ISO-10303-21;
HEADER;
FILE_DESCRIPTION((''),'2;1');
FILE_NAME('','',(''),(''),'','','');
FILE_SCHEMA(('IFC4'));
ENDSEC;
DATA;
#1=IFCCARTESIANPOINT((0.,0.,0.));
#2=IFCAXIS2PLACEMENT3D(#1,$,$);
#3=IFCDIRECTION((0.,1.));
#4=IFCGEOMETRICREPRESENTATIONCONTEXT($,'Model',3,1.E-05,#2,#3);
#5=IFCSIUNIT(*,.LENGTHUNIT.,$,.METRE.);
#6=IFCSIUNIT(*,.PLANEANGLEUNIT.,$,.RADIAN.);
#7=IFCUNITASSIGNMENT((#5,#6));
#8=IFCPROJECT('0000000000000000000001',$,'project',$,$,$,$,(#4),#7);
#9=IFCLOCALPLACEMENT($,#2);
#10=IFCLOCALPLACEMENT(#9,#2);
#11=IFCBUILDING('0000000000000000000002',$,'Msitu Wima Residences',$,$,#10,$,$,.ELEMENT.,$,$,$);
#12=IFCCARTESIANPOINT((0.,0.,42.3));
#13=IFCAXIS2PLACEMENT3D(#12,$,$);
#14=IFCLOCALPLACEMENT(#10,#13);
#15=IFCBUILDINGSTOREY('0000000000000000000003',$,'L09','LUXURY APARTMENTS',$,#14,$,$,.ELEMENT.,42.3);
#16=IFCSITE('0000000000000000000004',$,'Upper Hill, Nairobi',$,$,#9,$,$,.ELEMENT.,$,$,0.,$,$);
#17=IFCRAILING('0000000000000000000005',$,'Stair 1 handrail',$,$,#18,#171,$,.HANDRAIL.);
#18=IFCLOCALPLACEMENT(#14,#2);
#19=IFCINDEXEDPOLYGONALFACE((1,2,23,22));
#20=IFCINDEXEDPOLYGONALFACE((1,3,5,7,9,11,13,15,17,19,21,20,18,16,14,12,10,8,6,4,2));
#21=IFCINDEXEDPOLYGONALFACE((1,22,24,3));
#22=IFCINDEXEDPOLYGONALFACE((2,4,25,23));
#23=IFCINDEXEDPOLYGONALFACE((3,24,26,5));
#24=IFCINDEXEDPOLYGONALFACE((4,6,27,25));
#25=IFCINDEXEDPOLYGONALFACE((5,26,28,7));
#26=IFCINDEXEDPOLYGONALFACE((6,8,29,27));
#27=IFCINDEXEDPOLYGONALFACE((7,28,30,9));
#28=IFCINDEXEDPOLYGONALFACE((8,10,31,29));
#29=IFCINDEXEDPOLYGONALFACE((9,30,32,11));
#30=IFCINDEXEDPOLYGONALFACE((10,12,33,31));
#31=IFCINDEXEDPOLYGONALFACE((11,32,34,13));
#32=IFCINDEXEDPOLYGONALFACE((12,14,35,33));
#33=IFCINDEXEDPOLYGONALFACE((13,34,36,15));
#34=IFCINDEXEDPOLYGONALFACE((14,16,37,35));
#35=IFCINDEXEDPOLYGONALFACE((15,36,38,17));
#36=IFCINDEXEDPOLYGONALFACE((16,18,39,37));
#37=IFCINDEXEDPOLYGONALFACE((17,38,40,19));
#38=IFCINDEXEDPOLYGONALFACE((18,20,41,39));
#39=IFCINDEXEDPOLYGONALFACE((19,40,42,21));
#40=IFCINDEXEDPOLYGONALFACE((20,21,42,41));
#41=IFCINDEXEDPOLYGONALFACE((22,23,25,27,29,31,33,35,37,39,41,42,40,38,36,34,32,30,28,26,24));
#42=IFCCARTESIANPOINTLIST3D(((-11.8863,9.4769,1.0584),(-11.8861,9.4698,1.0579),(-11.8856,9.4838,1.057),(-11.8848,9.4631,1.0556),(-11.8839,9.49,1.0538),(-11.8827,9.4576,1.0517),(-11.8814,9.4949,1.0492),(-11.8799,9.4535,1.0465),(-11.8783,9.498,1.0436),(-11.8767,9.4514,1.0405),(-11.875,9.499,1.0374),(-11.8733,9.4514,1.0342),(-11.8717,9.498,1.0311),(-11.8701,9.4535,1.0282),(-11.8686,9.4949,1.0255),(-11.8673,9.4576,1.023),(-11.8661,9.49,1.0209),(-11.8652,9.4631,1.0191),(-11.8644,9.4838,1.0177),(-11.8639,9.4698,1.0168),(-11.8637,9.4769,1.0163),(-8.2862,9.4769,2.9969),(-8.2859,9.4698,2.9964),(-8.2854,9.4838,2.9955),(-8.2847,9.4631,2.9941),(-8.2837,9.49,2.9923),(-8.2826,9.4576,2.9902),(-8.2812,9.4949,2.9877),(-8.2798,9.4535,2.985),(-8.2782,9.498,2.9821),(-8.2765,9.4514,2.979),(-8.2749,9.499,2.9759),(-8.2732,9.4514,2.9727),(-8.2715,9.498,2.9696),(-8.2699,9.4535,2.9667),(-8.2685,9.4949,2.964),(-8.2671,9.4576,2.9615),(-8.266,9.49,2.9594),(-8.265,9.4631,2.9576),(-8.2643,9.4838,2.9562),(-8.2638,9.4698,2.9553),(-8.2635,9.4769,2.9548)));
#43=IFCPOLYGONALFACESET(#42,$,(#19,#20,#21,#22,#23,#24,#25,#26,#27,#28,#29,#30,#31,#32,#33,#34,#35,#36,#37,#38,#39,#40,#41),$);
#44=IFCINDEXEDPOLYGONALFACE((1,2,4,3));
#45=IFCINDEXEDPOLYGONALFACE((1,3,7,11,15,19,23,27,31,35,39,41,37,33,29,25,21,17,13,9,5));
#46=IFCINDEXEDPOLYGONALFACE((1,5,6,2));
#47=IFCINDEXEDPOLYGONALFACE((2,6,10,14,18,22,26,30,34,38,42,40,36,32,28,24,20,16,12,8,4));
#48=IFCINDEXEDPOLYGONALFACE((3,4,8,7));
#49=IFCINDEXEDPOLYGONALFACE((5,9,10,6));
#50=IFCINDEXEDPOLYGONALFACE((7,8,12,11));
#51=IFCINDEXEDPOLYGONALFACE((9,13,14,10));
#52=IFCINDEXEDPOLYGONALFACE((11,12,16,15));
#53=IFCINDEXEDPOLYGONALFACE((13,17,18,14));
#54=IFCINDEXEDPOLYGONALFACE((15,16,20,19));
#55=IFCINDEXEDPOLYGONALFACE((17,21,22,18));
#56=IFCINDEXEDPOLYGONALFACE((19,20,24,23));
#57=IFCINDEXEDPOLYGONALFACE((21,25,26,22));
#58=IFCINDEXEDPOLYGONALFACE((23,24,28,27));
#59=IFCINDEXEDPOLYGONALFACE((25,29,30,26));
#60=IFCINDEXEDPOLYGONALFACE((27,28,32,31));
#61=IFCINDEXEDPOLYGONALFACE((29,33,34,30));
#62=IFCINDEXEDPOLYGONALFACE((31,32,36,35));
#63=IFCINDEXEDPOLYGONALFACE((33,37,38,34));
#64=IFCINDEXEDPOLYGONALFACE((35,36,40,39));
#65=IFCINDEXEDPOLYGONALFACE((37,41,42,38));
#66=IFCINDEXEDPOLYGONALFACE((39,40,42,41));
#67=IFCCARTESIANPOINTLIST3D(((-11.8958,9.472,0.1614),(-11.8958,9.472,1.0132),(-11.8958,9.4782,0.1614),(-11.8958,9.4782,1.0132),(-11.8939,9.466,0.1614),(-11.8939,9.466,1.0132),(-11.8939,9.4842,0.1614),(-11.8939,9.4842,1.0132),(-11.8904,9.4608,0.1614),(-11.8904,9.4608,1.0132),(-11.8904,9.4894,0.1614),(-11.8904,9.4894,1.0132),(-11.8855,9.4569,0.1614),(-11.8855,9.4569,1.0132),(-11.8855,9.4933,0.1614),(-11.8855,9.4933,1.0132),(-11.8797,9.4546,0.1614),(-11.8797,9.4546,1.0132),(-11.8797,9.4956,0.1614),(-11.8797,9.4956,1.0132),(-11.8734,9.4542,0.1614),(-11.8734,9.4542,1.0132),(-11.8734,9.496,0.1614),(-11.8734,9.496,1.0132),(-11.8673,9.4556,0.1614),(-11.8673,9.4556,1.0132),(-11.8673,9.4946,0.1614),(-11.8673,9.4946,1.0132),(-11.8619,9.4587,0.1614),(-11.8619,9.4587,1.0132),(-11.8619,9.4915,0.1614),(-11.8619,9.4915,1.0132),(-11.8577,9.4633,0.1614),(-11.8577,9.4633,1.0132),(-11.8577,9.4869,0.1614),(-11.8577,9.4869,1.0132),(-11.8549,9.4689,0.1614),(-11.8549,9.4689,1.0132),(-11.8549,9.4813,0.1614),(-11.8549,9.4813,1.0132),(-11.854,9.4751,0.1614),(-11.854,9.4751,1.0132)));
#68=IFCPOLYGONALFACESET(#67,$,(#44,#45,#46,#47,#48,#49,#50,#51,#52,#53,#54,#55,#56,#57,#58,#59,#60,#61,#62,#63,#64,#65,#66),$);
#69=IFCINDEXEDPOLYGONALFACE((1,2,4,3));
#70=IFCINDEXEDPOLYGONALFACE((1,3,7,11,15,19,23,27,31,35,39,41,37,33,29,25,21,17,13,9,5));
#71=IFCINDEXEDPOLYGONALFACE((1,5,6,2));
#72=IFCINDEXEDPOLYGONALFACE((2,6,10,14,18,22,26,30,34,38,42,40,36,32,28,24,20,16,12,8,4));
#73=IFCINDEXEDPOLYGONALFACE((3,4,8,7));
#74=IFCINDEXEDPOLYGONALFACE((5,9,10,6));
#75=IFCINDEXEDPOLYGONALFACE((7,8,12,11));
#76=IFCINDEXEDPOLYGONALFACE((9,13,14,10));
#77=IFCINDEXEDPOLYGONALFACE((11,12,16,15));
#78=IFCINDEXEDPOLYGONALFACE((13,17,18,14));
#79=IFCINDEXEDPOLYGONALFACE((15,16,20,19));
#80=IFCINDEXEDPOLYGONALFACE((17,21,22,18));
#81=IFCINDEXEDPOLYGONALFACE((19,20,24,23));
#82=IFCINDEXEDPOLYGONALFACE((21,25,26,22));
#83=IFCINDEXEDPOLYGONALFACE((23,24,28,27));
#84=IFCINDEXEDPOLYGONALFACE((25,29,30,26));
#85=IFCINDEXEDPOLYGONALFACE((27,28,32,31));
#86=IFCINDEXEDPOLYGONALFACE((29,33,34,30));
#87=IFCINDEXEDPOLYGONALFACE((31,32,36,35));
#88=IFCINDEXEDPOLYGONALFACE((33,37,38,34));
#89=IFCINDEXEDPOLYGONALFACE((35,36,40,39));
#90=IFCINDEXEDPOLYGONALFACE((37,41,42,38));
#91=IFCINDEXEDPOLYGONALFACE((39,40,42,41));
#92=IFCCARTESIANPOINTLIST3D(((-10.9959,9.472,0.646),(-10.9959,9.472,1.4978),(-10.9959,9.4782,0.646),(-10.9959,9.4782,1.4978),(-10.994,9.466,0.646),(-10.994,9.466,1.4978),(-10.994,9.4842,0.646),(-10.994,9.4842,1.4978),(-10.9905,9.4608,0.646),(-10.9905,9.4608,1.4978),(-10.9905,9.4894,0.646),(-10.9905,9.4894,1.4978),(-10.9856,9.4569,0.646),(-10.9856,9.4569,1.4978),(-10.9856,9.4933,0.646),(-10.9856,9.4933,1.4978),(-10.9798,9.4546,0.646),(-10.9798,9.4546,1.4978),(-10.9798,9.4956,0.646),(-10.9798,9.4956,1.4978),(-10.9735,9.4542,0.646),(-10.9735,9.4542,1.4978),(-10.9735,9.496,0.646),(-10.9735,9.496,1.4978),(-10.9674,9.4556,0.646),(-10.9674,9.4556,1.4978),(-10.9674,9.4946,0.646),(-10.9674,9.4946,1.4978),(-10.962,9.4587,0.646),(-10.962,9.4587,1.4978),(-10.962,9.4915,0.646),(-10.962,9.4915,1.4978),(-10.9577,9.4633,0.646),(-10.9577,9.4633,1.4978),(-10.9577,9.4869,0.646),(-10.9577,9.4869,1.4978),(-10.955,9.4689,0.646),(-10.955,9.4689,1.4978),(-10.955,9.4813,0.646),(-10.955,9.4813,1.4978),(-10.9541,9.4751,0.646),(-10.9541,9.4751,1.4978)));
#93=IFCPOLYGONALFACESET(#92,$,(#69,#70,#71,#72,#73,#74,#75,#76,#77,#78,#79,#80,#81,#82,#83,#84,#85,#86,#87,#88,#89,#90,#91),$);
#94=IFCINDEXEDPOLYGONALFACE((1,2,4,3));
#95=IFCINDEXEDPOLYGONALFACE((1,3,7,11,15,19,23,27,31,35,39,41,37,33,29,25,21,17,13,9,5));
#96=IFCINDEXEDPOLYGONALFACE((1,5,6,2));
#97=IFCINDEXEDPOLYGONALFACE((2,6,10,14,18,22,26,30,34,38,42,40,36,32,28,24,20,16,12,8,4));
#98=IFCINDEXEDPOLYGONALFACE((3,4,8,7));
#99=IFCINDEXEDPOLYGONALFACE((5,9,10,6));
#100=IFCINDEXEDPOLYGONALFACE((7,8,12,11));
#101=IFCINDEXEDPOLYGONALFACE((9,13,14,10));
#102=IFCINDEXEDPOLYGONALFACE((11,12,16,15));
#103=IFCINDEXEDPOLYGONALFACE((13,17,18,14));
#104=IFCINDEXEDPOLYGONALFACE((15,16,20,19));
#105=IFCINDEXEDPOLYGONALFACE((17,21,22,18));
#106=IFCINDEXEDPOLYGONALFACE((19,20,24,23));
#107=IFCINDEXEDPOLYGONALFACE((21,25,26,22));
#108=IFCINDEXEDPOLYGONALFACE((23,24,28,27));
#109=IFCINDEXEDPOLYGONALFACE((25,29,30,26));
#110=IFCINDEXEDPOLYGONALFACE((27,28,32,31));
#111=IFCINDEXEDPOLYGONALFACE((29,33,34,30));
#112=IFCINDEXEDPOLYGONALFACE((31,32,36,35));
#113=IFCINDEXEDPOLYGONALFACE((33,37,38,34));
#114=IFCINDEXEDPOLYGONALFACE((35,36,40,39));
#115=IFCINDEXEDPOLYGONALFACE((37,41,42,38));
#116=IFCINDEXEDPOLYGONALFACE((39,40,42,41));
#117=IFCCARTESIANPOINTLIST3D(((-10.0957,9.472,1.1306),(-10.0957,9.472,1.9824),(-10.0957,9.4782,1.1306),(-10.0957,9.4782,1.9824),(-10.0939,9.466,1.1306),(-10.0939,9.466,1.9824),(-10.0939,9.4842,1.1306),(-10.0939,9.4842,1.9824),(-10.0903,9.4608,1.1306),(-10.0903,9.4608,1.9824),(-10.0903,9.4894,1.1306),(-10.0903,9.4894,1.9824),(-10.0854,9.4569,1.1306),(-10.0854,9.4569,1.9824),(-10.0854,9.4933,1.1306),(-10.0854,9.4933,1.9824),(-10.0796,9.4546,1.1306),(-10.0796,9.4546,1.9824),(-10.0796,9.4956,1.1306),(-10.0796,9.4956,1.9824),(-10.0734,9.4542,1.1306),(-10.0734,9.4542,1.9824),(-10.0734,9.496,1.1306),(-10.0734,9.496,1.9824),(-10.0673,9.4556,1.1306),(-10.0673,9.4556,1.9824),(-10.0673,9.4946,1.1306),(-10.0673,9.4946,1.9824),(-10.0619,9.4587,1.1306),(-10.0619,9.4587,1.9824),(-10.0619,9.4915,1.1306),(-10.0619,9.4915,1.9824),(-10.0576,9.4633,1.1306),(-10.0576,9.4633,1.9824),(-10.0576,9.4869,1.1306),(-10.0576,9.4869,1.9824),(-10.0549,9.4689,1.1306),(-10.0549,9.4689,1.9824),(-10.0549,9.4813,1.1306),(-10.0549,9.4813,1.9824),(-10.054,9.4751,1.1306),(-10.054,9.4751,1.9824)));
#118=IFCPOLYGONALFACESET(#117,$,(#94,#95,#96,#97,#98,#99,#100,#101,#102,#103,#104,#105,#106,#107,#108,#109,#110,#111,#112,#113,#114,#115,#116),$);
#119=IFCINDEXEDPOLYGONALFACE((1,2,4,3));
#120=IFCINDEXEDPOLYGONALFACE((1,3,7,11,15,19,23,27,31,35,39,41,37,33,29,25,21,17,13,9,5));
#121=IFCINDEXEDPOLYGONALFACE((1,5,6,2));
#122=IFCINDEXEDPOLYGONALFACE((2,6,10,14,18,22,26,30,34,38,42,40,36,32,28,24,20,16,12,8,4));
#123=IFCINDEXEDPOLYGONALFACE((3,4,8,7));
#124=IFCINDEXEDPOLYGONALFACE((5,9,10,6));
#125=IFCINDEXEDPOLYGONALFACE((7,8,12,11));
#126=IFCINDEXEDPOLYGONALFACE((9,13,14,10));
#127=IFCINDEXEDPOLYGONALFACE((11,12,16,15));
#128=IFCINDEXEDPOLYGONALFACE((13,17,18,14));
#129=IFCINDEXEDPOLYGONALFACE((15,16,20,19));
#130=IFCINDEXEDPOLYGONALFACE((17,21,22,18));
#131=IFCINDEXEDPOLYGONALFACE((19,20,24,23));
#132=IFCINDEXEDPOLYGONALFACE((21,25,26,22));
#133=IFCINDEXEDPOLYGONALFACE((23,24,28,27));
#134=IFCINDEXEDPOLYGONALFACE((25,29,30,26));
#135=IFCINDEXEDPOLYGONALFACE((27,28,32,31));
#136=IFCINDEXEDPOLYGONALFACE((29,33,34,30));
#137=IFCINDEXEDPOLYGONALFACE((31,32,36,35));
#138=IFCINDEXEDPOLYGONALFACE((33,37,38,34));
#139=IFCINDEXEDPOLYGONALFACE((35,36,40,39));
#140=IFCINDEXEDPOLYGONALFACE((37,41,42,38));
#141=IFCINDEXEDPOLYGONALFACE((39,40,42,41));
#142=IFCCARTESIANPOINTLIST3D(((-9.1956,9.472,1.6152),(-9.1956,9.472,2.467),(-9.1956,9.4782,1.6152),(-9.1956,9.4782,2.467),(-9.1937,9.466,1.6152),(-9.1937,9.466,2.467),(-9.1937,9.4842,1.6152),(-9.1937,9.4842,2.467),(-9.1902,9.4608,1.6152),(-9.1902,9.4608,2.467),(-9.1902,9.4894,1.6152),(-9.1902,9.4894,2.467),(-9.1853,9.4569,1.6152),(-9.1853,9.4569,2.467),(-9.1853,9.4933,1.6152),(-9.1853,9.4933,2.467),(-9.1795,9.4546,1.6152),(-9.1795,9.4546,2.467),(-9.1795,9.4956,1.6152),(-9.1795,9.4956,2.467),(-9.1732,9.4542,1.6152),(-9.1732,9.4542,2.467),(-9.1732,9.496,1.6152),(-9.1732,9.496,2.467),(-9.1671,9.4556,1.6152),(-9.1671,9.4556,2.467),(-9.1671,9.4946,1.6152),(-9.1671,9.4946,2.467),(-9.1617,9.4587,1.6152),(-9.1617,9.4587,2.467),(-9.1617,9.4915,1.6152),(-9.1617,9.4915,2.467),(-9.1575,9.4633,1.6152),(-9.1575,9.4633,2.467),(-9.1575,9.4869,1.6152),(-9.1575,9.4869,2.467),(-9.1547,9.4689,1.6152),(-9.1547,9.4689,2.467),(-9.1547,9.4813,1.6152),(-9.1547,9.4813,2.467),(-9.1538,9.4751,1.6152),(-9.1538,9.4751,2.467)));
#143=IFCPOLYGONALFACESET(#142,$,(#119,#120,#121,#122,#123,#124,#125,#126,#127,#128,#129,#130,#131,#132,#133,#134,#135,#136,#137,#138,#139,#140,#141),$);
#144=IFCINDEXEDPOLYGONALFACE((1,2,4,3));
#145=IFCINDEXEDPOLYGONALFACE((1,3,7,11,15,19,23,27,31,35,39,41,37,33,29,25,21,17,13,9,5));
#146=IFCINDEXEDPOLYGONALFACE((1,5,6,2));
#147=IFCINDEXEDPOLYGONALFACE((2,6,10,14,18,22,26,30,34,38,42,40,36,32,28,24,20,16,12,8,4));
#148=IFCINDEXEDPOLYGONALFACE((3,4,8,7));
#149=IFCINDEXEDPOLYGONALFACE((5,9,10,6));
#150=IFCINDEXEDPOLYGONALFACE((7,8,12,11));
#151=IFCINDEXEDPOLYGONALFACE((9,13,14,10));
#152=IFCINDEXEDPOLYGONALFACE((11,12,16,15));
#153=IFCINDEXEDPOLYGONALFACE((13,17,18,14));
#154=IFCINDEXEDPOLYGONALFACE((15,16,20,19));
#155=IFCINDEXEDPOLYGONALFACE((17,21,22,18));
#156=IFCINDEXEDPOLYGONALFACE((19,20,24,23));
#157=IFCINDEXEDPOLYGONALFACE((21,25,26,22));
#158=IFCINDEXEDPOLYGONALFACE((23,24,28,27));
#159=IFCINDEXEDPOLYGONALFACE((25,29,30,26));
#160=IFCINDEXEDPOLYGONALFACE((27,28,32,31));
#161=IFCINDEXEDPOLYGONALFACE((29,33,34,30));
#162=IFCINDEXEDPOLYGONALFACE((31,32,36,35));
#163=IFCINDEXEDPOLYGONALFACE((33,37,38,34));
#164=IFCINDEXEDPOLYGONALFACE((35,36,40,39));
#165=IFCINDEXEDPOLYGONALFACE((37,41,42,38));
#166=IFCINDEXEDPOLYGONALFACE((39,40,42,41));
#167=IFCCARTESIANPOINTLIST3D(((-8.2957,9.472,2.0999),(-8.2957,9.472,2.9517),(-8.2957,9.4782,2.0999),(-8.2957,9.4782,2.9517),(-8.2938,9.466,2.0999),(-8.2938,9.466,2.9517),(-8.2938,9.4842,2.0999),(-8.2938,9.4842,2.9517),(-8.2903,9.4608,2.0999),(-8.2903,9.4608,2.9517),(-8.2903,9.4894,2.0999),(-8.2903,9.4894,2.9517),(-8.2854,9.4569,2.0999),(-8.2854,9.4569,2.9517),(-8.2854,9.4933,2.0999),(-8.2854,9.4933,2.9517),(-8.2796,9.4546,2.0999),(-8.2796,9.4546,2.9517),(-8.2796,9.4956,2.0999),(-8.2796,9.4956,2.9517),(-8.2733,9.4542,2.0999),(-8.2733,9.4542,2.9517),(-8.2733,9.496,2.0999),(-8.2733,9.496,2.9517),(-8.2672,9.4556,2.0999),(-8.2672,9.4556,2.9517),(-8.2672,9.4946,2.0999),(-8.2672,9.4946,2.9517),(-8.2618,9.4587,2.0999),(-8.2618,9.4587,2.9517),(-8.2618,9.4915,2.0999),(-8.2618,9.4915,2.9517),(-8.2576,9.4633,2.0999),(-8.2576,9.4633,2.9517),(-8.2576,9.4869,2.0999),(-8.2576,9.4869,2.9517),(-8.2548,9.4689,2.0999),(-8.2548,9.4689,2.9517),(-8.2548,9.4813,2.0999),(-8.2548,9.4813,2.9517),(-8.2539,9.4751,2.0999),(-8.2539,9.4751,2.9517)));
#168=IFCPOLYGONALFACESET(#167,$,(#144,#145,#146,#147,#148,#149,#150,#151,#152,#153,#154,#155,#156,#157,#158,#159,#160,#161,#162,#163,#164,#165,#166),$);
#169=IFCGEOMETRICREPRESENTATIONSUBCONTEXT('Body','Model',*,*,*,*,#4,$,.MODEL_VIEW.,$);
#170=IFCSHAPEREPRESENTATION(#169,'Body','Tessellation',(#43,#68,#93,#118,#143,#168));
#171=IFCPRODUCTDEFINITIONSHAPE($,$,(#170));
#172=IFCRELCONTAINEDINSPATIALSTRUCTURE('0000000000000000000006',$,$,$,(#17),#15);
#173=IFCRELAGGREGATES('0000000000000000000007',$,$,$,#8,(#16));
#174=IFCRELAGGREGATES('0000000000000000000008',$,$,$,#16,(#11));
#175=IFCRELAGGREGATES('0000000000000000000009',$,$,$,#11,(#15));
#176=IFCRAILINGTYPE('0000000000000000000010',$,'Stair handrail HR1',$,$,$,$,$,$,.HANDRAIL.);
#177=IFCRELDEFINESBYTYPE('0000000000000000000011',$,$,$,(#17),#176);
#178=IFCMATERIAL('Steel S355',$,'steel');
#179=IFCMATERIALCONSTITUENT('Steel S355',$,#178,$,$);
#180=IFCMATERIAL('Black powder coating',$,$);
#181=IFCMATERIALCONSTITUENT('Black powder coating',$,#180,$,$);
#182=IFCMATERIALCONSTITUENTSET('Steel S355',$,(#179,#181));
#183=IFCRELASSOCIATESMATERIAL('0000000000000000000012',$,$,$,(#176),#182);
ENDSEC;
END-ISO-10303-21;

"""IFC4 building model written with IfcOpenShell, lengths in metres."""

from ifc_helpers import new_model, si_unit, direction, frame, origin, origin_2d, place, context, subcontext, project, spatial, circle, extrude, material, constituent, constituent_set, type_object, element, save


model = new_model("IFC4")

# Units and contexts
model_context = context("Model", 3, precision=1e-05, world=origin(), true_north=direction((0.0, 1.0)))
body_context = subcontext(model_context, "Body", "Model", "MODEL_VIEW")
ifc_project = project(units=[si_unit("LENGTHUNIT", "METRE"), si_unit("PLANEANGLEUNIT", "RADIAN")], contexts=[model_context])

# Site, building, storey
site_placement = place(None, origin())
site = spatial("IfcSite", under=ifc_project, at=site_placement, Name="Upper Hill, Nairobi", CompositionType="ELEMENT", RefElevation=0.0)
building_placement = place(site_placement, origin())
building = spatial("IfcBuilding", under=site, at=building_placement, Name="Msitu Wima Residences", CompositionType="ELEMENT")
storey_placement = place(building_placement, frame((0.0, 0.0, 42.3)))
storey = spatial("IfcBuildingStorey", under=building, at=storey_placement, Name="L09", Description="LUXURY APARTMENTS", CompositionType="ELEMENT", Elevation=42.3)

# Railing
ifc_material_1 = material(Name="Steel S355", Category="steel")
ifc_constituent_1 = constituent(ifc_material_1, Name="Steel S355")
ifc_material_2 = material(Name="Black powder coating")
ifc_constituent_2 = constituent(ifc_material_2, Name="Black powder coating")
ifc_constituent_set = constituent_set(constituents=[ifc_constituent_1, ifc_constituent_2], Name="Steel S355")
railing_type = type_object("IfcRailingType", Name="Stair handrail HR1", PredefinedType="HANDRAIL", material=ifc_constituent_set)
for number, where, name in (
    (1, (-11.875, 9.4751, 0.1614), "Stair 1 handrail"),
):
    element("IfcRailing", number, at=place(storey_placement, frame(where)), inside=storey, type_object=railing_type, Name=name, PredefinedType="HANDRAIL", context=body_context, shape_type="SweptSolid", body=[
        extrude(circle(Radius=0.0239, at=origin_2d()), frame((0.0, 0.0, 0.876), z_axis=(0.880475, 0.0, 0.474093), x_axis=(0.0, 1.0, 0.0)), (0.0, 0.0, 1.0), 4.0889),
        extrude(circle(Radius=0.021, at=origin_2d()), origin(), (0.0, 0.0, 1.0), 0.8518),
        extrude(circle(Radius=0.021, at=origin_2d()), frame((0.8999, 0.0, 0.4846)), (0.0, 0.0, 1.0), 0.8518),
        extrude(circle(Radius=0.021, at=origin_2d()), frame((1.8, 0.0, 0.9692)), (0.0, 0.0, 1.0), 0.8518),
        extrude(circle(Radius=0.021, at=origin_2d()), frame((2.7002, 0.0, 1.4539)), (0.0, 0.0, 1.0), 0.8518),
        extrude(circle(Radius=0.021, at=origin_2d()), frame((3.6001, 0.0, 1.9385)), (0.0, 0.0, 1.0), 0.8518),
    ])

save(model, "model.ifc")
